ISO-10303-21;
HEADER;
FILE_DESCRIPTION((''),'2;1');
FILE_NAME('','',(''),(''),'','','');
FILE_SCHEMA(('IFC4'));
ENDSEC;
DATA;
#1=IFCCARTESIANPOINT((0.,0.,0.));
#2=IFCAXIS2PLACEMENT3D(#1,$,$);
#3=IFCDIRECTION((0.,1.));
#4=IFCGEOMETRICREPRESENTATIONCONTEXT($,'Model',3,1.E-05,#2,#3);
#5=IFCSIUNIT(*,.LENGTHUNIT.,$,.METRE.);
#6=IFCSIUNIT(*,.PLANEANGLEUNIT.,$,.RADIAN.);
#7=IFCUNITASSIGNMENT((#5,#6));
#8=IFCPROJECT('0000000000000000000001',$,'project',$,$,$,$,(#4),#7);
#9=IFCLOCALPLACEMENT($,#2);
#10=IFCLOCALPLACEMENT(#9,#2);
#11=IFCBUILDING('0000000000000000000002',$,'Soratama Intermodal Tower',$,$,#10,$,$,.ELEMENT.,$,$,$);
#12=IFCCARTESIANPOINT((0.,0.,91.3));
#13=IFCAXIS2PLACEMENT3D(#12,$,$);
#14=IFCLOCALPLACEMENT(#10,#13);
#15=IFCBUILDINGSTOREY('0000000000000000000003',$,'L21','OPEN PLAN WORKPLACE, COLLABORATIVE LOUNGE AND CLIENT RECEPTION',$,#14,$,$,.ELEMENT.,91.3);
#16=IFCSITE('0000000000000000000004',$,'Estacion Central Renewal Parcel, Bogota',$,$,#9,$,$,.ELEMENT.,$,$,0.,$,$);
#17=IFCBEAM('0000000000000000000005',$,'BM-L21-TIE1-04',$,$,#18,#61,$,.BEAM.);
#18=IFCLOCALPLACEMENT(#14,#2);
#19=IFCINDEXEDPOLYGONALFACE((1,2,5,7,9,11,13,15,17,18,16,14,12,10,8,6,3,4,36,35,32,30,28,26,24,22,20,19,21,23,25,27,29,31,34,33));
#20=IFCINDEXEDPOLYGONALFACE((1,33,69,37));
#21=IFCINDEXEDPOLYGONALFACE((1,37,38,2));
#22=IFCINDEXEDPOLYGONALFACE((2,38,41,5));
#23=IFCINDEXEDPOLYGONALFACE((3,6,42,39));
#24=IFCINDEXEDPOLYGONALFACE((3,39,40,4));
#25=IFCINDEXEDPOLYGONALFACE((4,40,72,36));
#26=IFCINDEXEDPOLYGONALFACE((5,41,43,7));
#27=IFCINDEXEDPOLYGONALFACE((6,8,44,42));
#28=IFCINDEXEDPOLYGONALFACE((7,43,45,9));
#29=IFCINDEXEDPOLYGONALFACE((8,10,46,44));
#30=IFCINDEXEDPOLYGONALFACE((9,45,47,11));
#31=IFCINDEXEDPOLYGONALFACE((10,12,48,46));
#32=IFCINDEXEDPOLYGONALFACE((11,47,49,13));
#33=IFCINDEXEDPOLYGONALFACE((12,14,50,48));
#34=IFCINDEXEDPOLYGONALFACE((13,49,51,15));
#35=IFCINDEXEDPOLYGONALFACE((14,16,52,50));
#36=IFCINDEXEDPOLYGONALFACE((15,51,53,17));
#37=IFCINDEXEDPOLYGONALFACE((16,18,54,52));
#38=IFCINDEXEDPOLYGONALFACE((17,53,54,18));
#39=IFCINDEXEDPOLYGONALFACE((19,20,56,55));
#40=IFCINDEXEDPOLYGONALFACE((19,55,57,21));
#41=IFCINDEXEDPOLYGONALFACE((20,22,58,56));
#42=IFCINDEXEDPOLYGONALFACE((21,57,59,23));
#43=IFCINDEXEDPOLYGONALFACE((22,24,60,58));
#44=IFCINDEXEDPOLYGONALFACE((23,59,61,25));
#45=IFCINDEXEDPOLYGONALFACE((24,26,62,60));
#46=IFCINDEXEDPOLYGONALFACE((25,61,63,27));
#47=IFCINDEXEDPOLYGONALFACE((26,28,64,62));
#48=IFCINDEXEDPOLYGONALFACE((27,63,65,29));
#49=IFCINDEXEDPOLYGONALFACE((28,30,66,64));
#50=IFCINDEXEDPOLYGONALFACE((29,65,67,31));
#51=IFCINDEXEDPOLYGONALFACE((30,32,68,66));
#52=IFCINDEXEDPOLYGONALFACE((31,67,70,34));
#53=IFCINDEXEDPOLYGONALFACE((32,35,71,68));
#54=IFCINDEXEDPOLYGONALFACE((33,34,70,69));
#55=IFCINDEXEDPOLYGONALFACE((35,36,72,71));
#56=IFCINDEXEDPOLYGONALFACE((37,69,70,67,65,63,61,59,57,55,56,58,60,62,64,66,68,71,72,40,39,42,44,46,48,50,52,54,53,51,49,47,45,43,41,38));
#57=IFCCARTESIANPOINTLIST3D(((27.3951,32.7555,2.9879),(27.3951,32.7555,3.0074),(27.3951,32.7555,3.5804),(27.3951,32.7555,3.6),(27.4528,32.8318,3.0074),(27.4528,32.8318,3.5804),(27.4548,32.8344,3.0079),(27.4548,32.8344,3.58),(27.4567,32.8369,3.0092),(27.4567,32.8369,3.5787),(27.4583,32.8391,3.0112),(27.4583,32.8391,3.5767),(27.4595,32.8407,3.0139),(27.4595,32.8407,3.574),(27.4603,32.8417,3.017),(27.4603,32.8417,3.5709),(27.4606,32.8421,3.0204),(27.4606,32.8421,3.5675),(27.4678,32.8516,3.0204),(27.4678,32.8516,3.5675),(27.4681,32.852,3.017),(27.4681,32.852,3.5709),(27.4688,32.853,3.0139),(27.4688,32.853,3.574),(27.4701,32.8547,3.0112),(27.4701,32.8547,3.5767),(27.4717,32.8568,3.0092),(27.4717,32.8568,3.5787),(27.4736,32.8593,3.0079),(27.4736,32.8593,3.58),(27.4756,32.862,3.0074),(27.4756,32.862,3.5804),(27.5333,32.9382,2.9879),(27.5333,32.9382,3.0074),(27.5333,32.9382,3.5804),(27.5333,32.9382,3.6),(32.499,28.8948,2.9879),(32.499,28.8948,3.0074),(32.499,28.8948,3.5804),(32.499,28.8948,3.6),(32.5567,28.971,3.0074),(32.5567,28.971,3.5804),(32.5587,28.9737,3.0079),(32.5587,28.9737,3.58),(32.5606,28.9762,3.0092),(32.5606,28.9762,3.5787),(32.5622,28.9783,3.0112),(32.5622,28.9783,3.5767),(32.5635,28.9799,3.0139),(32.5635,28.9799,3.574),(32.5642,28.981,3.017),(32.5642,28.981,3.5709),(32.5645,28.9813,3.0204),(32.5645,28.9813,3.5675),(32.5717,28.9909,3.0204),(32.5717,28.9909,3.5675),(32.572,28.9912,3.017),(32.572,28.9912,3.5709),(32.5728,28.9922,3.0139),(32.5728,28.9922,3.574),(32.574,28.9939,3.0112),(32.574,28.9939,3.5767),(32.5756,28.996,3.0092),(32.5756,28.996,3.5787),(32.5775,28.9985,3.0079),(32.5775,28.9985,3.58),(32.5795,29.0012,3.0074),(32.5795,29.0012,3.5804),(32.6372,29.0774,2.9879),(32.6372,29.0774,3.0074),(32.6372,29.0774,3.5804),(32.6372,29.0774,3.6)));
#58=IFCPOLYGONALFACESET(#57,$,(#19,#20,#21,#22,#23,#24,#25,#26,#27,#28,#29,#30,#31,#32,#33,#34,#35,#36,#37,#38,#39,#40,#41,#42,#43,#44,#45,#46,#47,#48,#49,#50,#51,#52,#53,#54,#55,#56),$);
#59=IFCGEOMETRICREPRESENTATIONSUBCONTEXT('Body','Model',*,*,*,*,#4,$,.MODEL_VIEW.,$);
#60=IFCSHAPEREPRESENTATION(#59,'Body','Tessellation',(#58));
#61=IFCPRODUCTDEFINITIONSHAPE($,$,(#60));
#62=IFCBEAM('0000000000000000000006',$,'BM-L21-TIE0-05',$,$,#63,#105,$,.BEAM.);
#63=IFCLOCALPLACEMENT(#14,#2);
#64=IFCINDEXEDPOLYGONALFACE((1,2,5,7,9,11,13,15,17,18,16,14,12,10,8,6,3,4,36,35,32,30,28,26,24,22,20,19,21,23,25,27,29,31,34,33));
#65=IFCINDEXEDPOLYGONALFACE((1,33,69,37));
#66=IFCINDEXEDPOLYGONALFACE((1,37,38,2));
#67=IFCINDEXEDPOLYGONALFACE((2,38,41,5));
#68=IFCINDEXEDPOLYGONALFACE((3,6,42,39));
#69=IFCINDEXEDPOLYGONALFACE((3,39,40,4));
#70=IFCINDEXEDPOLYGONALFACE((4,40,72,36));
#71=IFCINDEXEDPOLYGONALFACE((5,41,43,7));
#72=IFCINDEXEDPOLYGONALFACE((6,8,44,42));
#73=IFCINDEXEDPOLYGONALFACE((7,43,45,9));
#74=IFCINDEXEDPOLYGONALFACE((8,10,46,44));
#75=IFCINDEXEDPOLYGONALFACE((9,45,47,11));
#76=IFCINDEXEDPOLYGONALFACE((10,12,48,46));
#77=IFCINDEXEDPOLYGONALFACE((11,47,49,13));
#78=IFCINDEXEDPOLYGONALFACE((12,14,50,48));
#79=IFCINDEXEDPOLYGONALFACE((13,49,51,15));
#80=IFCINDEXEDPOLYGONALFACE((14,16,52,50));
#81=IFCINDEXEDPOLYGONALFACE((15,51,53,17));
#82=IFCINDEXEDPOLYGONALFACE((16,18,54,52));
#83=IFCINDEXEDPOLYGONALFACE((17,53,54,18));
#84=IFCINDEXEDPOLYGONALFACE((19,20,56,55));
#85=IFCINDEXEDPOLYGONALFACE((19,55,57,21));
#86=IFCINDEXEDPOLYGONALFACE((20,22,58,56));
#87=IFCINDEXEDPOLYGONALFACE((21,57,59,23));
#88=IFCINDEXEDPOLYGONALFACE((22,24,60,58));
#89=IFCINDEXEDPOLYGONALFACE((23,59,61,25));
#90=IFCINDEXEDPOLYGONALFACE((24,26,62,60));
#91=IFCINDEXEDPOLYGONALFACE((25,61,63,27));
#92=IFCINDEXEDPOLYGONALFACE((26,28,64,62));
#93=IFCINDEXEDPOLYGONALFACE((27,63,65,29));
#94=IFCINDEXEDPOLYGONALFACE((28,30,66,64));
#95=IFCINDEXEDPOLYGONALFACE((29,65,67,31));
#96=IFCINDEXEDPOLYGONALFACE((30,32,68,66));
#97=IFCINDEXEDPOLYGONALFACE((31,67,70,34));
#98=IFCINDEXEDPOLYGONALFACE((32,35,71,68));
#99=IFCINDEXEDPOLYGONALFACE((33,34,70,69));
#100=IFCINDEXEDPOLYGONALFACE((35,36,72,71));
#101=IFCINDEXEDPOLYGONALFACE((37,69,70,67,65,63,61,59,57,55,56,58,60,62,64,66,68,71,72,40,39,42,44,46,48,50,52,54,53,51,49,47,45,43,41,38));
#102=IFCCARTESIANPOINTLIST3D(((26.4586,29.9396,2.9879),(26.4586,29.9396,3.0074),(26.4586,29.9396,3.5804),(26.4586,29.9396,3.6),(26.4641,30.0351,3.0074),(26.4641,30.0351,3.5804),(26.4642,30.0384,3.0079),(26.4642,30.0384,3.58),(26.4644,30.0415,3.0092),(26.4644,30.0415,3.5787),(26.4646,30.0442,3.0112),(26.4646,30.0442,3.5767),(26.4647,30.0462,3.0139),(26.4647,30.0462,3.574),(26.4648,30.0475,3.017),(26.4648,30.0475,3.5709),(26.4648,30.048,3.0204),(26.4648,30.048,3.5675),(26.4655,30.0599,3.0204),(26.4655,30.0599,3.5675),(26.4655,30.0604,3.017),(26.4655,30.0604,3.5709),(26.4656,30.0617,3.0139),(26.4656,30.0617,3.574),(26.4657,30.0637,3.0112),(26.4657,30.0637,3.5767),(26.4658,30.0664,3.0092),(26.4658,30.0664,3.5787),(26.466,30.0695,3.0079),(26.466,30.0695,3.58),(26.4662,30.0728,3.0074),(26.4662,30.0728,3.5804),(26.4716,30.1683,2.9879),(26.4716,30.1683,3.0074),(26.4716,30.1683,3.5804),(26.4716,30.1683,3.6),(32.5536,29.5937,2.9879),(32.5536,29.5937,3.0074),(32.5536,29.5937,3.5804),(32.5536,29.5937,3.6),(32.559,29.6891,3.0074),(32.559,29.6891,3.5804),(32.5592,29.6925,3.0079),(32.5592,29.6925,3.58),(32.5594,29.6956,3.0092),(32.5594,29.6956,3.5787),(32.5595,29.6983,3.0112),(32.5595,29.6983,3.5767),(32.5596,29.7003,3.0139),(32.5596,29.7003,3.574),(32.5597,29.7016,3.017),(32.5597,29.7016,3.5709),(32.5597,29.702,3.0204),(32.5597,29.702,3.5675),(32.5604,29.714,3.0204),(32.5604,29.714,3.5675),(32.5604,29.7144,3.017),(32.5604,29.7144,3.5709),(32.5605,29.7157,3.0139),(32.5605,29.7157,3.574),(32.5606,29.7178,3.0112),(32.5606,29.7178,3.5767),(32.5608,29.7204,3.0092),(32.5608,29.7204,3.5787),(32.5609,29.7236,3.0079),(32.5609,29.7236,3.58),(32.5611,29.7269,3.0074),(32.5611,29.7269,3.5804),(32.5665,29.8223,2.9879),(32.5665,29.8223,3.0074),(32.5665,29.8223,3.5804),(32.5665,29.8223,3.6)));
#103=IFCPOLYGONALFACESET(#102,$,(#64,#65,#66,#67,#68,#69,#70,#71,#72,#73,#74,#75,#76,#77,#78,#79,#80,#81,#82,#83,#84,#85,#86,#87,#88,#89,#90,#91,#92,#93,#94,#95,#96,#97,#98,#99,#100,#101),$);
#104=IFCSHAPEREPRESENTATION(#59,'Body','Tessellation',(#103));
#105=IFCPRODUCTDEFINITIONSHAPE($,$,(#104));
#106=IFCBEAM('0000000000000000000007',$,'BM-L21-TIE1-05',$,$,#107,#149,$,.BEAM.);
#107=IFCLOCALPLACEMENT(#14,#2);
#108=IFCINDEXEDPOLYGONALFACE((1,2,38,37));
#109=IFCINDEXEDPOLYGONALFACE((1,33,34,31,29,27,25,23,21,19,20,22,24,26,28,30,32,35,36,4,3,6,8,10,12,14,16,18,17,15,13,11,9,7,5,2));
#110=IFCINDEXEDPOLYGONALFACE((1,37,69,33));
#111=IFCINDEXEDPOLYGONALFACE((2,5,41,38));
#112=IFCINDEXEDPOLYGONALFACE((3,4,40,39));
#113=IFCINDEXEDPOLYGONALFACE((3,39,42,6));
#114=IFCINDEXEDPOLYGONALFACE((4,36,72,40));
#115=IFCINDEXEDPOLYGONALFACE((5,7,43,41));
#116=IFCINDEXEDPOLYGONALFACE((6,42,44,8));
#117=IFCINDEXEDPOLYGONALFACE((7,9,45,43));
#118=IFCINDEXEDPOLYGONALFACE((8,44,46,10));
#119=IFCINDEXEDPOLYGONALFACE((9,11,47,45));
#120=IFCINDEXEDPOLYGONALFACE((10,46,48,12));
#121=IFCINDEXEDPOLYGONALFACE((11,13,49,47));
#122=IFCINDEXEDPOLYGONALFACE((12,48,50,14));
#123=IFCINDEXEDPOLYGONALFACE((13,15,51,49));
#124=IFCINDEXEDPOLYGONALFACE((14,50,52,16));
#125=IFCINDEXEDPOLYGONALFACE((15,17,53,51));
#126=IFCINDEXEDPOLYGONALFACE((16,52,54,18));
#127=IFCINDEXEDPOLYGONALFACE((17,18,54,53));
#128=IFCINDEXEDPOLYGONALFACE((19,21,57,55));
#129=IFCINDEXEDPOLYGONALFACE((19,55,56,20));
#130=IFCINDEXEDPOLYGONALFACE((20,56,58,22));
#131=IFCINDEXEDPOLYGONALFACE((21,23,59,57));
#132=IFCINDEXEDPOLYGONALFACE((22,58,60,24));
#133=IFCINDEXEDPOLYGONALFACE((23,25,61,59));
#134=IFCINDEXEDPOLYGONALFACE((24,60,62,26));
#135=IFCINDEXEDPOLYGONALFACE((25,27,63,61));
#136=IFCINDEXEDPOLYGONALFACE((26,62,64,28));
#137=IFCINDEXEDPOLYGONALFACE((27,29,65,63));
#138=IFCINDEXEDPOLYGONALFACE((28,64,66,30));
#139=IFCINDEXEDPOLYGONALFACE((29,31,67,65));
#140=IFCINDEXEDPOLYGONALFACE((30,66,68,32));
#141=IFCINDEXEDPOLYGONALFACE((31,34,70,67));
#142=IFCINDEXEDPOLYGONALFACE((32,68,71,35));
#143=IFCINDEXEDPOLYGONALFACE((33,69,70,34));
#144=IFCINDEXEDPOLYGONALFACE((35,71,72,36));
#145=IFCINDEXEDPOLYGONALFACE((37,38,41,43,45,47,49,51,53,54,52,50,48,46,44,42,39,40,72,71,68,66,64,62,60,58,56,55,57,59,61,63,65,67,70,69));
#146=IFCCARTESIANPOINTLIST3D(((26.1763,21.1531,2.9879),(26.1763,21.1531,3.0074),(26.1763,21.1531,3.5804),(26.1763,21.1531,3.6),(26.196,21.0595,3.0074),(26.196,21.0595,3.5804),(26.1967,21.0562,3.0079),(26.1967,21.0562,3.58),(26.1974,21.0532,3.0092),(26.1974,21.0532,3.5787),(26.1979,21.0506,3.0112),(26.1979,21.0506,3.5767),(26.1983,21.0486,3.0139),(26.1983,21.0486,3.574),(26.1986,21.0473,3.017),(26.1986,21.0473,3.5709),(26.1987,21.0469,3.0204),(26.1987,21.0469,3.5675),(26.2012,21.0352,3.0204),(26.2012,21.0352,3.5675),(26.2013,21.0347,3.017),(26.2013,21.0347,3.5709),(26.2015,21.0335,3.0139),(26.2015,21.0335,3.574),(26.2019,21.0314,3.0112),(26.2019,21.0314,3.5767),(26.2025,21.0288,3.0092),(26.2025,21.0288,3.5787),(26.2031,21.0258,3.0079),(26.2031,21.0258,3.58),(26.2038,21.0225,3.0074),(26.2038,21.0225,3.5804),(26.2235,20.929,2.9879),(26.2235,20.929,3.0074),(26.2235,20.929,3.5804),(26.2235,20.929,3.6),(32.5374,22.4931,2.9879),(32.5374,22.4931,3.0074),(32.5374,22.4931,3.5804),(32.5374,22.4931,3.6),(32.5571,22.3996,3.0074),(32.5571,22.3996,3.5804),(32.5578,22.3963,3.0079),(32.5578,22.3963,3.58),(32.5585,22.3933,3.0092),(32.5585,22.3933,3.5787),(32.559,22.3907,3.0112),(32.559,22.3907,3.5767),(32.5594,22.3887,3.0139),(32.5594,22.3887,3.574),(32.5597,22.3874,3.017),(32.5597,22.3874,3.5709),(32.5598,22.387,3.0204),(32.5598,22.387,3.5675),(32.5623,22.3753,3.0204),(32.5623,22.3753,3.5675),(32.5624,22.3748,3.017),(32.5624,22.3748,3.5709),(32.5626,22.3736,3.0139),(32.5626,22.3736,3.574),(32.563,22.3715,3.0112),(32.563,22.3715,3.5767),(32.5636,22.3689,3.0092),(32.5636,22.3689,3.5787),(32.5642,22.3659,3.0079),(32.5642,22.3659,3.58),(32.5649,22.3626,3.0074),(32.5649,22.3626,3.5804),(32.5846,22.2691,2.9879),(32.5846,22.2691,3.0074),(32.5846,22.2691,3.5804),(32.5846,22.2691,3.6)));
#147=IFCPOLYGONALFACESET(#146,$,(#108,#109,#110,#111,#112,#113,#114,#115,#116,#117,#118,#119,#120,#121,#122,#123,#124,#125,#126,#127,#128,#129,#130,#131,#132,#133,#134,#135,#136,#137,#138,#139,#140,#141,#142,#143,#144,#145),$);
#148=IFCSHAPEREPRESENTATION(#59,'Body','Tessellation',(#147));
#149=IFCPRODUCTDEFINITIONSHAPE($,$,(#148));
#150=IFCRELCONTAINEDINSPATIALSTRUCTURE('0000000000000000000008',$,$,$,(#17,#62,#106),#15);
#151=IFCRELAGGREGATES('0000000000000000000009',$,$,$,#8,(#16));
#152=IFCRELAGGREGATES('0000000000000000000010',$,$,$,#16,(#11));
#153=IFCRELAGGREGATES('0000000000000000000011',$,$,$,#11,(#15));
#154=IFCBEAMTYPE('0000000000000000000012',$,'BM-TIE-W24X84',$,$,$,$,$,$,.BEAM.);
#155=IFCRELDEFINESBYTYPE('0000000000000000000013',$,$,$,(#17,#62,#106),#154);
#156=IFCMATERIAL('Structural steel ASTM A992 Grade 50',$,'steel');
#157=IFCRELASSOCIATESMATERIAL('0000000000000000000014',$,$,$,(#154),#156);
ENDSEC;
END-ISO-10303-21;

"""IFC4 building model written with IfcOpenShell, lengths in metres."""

from ifc_helpers import new_model, si_unit, direction, frame, origin, origin_2d, place, context, subcontext, project, spatial, i_section, extrude, material, material_profile, profile_set, type_object, element, save


model = new_model("IFC4")

# Units and contexts
model_context = context("Model", 3, precision=1e-05, world=origin(), true_north=direction((0.0, 1.0)))
body_context = subcontext(model_context, "Body", "Model", "MODEL_VIEW")
ifc_project = project(units=[si_unit("LENGTHUNIT", "METRE"), si_unit("PLANEANGLEUNIT", "RADIAN")], contexts=[model_context])

# Site, building, storey
site_placement = place(None, origin())
site = spatial("IfcSite", under=ifc_project, at=site_placement, Name="Estacion Central Renewal Parcel, Bogota", CompositionType="ELEMENT", RefElevation=0.0)
building_placement = place(site_placement, origin())
building = spatial("IfcBuilding", under=site, at=building_placement, Name="Soratama Intermodal Tower", CompositionType="ELEMENT")
storey_placement = place(building_placement, frame((0.0, 0.0, 91.3)))
storey = spatial("IfcBuildingStorey", under=building, at=storey_placement, Name="L21", Description="OPEN PLAN WORKPLACE, COLLABORATIVE LOUNGE AND CLIENT RECEPTION", CompositionType="ELEMENT", Elevation=91.3)

# Beams
ifc_material_1 = material(Name="Structural steel ASTM A992 Grade 50", Category="steel")
ifc_material_profile_1 = material_profile(ifc_material_1, i_section(OverallWidth=0.229, OverallDepth=0.6121, WebThickness=0.012, FlangeThickness=0.0195, FilletRadius=0.0129, at=origin_2d()), Name="W24X84")
ifc_profile_set_1 = profile_set([ifc_material_profile_1], Name="Structural steel ASTM A992 Grade 50")
beam_type_1 = type_object("IfcBeamType", Name="BM-TIE-W24X84", PredefinedType="BEAM", material=ifc_profile_set_1)
beam_1_placement = place(storey_placement, frame((32.5681, 28.9861, 3.2939), z_axis=(-0.79753, 0.603279, 0.0), x_axis=(-0.603279, -0.79753, 0.0)))
element("IfcBeam", 1, at=beam_1_placement, inside=storey, type_object=beam_type_1, Name="BM-L21-TIE1-04", PredefinedType="BEAM", context=body_context, shape_type="SweptSolid", body=[
    extrude(i_section(OverallWidth=0.229, OverallDepth=0.6121, WebThickness=0.012, FlangeThickness=0.0195, FilletRadius=0.0129, at=origin_2d()), origin(), (0.0, 0.0, 1.0), 6.3997),
])
beam_2_placement = place(storey_placement, frame((32.5601, 29.708, 3.2939), z_axis=(-0.998393, 0.056668, 0.0), x_axis=(-0.056668, -0.998393, 0.0)))
element("IfcBeam", 2, at=beam_2_placement, inside=storey, type_object=beam_type_1, Name="BM-L21-TIE0-05", PredefinedType="BEAM", context=body_context, shape_type="SweptSolid", body=[
    extrude(i_section(OverallWidth=0.229, OverallDepth=0.6121, WebThickness=0.012, FlangeThickness=0.0195, FilletRadius=0.0129, at=origin_2d()), origin(), (0.0, 0.0, 1.0), 6.1047),
])
beam_3_placement = place(storey_placement, frame((32.561, 22.3811, 3.2939), z_axis=(-0.978521, -0.206145, 0.0), x_axis=(0.206145, -0.978521, 0.0)))
element("IfcBeam", 3, at=beam_3_placement, inside=storey, type_object=beam_type_1, Name="BM-L21-TIE1-05", PredefinedType="BEAM", context=body_context, shape_type="SweptSolid", body=[
    extrude(i_section(OverallWidth=0.229, OverallDepth=0.6121, WebThickness=0.012, FlangeThickness=0.0195, FilletRadius=0.0129, at=origin_2d()), origin(), (0.0, 0.0, 1.0), 6.5007),
])

save(model, "model.ifc")
